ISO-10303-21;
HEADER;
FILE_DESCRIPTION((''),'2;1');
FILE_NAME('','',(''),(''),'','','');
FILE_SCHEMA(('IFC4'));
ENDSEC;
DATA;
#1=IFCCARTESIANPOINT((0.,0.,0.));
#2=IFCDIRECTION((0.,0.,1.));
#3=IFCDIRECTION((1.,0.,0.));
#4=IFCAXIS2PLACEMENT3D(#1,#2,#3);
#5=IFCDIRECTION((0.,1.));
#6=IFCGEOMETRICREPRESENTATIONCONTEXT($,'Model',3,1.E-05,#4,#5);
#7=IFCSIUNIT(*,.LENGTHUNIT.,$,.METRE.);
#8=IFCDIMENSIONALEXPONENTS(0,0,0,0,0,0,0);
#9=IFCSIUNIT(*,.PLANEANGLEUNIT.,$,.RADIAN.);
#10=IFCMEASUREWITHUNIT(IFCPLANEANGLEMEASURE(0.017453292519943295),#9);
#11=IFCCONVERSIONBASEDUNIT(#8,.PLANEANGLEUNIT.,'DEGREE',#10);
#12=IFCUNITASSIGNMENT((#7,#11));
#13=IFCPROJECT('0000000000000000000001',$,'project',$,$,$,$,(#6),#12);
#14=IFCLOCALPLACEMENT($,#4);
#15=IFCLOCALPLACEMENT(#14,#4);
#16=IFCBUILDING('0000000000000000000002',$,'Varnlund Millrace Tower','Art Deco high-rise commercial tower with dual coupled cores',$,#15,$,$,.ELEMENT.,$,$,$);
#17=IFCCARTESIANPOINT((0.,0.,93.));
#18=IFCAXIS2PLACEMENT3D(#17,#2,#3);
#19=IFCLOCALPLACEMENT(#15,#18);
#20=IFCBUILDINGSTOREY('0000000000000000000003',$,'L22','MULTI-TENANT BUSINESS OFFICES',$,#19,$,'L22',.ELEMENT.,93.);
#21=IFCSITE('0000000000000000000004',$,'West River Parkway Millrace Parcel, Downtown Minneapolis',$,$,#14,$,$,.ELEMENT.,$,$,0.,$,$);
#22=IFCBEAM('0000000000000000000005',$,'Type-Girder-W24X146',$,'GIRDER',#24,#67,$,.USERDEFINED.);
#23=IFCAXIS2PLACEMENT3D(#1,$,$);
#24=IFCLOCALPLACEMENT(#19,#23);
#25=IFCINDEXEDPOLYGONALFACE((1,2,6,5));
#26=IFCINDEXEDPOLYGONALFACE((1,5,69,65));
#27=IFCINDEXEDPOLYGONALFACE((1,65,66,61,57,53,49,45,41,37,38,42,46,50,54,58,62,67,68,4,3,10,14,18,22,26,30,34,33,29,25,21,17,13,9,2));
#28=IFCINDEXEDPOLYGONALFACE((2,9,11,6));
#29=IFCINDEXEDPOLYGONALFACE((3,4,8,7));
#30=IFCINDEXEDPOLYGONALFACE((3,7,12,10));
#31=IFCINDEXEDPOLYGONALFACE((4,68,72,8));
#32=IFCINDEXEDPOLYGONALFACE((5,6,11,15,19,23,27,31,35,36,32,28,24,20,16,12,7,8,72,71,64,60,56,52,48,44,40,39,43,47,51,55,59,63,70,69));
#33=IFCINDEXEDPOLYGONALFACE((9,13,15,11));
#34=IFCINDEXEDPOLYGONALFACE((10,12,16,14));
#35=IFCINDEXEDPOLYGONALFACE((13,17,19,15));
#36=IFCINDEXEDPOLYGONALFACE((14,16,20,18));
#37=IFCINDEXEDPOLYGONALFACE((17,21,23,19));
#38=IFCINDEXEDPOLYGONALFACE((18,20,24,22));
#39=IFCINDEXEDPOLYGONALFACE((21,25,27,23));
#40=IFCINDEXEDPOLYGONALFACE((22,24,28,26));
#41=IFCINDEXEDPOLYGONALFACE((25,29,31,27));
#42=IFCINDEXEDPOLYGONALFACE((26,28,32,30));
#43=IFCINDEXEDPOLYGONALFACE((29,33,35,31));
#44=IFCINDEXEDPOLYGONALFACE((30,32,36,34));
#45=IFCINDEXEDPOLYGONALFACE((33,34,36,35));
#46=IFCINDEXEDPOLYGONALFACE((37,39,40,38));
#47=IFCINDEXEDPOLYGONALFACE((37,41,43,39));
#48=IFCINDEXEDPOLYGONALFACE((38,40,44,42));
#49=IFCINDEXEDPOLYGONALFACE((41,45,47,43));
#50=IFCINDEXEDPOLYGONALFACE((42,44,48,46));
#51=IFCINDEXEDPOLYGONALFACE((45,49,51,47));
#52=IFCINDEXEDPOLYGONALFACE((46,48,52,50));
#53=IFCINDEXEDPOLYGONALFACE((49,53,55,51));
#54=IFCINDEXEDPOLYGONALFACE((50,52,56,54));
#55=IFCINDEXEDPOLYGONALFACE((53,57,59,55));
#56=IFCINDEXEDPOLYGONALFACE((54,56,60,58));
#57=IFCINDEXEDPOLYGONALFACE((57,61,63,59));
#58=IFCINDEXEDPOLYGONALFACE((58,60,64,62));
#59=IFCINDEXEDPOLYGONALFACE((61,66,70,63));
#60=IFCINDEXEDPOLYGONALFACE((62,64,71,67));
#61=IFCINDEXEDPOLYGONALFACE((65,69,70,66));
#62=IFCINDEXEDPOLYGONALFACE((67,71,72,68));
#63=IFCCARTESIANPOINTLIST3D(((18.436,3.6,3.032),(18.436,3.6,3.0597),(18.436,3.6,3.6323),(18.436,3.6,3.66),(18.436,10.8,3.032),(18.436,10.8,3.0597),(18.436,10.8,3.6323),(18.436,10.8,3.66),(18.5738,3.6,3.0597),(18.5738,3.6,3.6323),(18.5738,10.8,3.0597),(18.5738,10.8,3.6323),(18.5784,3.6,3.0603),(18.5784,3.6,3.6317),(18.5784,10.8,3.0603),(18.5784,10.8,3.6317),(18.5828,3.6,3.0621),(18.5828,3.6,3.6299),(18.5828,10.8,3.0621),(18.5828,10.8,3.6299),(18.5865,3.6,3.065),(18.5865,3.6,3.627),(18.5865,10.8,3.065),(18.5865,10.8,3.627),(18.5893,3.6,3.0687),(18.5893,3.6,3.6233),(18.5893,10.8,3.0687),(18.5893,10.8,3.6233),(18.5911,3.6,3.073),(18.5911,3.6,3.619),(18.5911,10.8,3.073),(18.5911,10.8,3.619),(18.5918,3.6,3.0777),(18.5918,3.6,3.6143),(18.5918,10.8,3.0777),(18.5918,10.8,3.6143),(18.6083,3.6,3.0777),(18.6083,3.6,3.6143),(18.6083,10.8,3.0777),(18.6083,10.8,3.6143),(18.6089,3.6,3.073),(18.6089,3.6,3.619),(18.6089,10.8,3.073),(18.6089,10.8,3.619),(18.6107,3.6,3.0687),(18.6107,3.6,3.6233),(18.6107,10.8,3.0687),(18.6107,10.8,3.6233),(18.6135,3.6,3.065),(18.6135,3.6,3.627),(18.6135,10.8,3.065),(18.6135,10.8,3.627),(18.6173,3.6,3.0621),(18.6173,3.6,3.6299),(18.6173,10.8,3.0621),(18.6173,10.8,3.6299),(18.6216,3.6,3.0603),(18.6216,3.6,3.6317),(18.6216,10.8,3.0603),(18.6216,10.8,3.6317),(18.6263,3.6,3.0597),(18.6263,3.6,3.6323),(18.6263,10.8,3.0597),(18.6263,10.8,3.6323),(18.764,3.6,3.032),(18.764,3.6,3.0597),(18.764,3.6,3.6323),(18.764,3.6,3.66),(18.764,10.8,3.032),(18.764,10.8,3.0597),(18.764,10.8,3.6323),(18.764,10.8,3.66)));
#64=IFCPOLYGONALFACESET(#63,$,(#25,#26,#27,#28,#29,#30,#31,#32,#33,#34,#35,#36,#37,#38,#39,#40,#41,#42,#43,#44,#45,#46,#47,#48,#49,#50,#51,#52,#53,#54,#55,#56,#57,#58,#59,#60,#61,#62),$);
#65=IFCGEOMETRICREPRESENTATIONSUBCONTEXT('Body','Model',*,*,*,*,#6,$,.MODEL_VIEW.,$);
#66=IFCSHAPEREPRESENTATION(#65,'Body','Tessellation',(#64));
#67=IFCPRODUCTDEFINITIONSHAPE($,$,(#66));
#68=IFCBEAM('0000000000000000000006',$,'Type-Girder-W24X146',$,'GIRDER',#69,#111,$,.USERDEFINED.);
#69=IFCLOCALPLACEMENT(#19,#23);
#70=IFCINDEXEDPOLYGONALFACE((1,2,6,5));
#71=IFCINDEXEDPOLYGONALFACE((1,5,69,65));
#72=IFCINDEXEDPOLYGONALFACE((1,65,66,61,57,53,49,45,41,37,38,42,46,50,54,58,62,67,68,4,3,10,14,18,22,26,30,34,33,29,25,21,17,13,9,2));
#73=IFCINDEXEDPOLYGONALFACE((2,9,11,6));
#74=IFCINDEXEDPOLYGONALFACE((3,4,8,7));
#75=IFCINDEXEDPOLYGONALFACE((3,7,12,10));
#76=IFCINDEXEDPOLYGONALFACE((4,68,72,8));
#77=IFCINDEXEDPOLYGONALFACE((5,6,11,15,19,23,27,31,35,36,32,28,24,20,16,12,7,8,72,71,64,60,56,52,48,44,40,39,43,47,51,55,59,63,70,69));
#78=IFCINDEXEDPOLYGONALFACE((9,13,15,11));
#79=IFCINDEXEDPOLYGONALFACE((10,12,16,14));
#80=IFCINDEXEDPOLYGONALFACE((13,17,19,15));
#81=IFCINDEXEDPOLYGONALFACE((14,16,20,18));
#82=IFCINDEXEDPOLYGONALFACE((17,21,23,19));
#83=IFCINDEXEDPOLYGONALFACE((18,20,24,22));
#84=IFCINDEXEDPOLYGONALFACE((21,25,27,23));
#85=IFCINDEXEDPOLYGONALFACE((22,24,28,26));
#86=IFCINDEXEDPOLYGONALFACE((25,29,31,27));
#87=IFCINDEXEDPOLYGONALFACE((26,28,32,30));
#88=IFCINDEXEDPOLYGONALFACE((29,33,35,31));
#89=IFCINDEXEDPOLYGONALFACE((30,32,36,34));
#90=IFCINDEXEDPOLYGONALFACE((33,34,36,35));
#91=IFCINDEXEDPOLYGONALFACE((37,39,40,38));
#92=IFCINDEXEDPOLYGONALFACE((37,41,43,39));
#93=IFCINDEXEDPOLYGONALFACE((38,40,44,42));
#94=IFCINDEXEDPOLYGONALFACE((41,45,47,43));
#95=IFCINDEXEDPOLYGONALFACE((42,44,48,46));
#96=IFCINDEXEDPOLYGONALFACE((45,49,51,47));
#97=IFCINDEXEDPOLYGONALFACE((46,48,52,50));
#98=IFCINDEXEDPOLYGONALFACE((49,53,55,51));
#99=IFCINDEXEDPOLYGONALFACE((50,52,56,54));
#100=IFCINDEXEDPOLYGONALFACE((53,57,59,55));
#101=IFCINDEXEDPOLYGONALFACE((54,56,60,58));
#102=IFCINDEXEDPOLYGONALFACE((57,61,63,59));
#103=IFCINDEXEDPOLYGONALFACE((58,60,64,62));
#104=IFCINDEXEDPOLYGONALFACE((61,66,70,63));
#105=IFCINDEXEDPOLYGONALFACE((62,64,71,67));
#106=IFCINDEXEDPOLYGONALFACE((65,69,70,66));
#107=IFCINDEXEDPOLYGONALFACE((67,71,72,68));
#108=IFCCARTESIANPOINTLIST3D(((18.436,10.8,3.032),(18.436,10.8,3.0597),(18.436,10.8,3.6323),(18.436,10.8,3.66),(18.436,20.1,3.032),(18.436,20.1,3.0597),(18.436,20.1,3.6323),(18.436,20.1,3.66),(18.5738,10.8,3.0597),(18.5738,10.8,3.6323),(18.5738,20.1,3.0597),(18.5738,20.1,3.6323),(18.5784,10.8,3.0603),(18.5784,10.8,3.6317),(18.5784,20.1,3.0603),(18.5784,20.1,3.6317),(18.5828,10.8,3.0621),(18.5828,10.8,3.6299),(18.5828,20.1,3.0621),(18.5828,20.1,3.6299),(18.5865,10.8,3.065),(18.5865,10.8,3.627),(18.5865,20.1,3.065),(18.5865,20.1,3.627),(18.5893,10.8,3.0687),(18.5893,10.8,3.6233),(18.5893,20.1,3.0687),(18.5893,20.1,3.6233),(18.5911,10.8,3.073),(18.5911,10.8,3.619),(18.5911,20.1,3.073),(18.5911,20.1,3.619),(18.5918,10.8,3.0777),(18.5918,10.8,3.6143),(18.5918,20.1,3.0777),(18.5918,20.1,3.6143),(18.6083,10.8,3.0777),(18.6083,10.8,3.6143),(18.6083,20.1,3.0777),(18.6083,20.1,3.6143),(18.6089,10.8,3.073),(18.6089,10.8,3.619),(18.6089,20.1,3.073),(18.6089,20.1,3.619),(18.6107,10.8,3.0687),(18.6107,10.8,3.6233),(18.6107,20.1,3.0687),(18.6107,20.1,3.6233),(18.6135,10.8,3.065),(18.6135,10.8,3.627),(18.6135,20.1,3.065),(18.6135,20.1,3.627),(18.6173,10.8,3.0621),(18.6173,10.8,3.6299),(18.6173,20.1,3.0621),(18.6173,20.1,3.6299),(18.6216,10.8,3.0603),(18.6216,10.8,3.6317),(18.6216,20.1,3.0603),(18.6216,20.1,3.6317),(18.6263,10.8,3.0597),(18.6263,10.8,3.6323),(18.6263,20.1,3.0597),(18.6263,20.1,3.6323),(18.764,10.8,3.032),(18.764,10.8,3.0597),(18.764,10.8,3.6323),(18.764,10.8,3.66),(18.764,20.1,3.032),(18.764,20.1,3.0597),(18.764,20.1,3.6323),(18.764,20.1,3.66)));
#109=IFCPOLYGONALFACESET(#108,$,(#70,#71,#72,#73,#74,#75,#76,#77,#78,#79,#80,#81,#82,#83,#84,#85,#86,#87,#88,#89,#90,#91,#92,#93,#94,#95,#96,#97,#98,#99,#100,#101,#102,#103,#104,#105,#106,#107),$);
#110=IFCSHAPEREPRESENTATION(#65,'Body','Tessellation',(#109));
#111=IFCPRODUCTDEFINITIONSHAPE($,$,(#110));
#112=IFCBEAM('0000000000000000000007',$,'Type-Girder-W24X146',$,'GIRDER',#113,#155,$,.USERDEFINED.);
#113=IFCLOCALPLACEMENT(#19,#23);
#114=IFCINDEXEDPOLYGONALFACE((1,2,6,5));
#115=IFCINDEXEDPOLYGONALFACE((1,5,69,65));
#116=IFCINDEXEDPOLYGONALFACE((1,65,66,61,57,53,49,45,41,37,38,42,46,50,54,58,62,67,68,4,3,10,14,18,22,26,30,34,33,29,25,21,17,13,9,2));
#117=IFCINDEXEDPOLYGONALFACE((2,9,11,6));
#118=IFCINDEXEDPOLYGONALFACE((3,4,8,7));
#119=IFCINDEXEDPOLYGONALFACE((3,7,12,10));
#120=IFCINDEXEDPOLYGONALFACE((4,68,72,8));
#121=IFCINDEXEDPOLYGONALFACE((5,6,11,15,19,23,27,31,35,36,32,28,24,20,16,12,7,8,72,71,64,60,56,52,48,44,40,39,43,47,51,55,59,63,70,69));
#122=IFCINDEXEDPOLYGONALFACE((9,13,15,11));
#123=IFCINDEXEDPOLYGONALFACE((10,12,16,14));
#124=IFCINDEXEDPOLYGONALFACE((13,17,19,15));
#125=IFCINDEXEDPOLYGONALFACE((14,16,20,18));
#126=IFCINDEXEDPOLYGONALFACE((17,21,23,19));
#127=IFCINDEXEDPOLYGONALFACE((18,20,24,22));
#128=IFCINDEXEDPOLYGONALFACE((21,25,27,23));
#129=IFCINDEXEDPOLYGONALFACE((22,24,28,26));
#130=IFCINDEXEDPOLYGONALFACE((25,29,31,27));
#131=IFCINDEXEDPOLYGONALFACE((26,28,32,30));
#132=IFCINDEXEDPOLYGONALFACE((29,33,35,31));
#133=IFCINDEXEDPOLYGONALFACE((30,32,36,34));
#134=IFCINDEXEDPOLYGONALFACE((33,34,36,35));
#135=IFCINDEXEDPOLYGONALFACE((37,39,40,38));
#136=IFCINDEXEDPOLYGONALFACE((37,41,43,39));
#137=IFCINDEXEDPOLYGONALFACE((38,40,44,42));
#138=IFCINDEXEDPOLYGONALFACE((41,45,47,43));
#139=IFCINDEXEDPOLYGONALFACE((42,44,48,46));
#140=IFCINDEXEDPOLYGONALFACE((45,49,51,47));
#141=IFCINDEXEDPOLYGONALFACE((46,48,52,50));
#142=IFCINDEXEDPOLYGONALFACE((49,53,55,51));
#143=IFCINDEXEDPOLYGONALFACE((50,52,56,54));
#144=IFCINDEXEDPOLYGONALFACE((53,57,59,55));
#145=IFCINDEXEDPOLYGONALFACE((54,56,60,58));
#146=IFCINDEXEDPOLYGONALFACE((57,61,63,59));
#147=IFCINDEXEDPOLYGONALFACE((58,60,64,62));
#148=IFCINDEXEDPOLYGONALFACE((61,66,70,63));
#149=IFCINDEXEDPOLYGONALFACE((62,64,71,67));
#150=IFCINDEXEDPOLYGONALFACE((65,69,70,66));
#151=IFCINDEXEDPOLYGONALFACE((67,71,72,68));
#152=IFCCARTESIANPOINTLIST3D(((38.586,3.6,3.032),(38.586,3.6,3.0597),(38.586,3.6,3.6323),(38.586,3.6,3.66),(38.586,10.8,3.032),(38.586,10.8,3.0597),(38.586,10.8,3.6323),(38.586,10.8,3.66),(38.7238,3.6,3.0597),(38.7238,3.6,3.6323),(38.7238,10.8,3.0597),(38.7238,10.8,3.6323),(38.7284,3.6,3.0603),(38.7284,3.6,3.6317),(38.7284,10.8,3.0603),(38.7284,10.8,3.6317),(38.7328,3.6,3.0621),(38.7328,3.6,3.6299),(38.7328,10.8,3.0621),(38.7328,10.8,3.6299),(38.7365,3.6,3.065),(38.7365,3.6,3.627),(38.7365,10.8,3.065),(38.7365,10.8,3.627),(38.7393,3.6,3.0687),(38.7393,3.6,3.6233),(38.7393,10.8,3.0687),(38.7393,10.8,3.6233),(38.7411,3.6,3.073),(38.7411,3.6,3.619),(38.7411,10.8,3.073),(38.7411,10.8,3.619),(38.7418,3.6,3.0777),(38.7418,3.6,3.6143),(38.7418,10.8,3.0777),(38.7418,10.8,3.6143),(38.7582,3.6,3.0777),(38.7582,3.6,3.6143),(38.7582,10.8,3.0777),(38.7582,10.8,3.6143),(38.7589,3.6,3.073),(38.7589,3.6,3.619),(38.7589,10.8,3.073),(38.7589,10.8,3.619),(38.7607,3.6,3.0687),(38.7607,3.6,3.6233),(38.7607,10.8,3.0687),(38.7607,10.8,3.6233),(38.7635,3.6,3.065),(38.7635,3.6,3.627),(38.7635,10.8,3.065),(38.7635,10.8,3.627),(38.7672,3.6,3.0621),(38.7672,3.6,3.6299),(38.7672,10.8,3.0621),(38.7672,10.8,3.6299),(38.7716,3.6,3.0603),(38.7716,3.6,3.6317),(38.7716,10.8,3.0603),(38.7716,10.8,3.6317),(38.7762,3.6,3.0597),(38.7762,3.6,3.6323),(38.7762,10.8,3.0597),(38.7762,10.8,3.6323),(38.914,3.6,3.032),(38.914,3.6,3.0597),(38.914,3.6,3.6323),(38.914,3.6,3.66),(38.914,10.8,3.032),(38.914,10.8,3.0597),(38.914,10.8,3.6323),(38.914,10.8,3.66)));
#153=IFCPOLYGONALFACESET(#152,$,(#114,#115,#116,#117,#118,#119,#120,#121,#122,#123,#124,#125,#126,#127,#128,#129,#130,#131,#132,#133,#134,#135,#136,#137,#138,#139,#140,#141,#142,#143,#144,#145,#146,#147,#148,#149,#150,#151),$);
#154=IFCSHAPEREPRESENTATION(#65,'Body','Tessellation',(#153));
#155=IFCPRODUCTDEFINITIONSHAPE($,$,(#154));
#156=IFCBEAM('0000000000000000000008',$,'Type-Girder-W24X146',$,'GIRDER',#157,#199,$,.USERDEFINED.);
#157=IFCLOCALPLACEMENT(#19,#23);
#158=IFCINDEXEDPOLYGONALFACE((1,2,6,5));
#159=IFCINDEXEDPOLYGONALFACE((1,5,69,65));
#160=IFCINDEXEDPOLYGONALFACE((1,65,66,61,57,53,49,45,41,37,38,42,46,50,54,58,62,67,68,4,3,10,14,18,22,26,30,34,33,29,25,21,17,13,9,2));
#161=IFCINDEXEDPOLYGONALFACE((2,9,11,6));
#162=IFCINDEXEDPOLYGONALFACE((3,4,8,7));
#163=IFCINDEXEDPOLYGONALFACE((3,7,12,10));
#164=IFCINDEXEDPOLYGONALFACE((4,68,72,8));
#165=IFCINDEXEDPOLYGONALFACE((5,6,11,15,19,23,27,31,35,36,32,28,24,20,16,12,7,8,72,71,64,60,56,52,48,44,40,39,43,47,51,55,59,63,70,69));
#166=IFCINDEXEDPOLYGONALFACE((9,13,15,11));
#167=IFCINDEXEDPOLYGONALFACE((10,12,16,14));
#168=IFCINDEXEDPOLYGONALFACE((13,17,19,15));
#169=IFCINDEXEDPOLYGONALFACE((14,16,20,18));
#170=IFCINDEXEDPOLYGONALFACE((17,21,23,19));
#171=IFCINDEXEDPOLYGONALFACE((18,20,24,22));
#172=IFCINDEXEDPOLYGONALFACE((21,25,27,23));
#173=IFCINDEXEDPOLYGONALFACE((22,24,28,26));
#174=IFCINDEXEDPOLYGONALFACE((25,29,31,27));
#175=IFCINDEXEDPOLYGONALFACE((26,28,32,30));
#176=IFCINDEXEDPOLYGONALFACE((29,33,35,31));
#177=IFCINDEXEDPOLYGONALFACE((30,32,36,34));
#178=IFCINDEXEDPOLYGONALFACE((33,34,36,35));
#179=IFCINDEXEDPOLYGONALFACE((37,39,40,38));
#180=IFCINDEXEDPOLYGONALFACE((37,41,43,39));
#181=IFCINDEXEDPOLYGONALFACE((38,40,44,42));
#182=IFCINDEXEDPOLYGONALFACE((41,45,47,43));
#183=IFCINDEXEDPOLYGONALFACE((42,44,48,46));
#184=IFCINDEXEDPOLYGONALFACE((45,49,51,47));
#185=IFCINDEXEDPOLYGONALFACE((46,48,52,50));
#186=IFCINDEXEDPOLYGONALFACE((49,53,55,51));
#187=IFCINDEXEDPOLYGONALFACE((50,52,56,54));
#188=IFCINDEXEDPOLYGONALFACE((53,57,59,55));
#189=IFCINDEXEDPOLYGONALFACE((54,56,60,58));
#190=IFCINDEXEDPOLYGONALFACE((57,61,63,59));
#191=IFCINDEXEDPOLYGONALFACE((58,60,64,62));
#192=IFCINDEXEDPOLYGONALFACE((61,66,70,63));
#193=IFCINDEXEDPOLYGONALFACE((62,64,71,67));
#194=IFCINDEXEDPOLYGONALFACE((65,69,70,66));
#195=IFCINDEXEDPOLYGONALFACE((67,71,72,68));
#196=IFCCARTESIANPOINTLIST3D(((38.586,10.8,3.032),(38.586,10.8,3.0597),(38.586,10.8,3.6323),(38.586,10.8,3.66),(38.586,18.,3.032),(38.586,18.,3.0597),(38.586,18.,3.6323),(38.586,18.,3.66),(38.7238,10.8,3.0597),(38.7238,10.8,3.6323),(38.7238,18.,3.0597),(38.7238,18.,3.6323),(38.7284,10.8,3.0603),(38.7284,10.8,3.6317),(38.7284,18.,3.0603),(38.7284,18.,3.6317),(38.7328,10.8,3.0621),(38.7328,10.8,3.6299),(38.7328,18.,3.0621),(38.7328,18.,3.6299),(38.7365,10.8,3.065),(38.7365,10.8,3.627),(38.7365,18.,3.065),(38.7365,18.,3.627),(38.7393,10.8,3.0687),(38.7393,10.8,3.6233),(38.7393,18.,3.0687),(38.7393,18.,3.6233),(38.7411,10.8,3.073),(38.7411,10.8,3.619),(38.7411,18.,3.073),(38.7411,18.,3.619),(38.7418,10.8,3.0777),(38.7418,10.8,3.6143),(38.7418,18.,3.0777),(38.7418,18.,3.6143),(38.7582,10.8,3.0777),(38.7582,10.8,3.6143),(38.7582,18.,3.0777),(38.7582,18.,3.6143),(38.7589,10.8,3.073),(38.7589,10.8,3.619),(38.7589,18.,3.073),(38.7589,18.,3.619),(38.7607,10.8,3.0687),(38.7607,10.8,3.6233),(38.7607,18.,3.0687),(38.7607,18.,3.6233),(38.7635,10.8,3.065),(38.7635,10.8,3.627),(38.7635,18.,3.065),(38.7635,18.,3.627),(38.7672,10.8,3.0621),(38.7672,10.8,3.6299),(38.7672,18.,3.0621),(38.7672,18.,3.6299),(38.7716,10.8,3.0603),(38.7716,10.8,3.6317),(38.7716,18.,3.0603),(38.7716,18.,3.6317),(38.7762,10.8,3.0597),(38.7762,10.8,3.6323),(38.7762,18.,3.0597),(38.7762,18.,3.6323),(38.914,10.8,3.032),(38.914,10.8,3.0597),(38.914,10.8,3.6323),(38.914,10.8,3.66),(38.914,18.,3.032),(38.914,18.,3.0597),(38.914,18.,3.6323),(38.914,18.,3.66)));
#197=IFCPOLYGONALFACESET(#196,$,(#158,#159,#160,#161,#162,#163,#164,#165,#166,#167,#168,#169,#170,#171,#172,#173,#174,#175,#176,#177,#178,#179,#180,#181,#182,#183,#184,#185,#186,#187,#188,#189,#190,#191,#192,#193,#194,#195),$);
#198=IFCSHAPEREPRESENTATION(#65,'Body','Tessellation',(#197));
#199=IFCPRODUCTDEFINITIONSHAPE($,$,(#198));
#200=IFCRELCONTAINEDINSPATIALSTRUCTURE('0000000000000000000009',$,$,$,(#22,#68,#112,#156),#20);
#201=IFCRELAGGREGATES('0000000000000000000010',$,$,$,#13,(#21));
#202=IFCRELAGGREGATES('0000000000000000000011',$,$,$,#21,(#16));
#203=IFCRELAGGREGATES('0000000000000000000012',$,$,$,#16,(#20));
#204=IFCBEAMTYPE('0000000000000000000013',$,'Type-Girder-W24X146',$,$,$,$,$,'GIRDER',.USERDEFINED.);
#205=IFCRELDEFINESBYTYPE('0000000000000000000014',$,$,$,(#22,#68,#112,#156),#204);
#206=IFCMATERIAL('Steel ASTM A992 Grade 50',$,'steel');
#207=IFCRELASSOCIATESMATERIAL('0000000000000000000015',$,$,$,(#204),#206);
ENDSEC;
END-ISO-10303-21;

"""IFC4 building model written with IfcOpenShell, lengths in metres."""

from ifc_helpers import new_model, entity, si_unit, converted_unit, direction, frame, origin_with_axes, origin_2d_with_axis, place, context, subcontext, project, spatial, i_section, extrude, material, material_profile, profile_set, type_object, element, save


model = new_model("IFC4")

# Units and contexts
model_context = context("Model", 3, precision=1e-05, world=origin_with_axes(), true_north=direction((0.0, 1.0)))
body_context = subcontext(model_context, "Body", "Model", "MODEL_VIEW")
ifc_project = project(units=[si_unit("LENGTHUNIT", "METRE"), converted_unit("PLANEANGLEUNIT", "DEGREE", entity("IfcPlaneAngleMeasure", 0.017453292519943295), si_unit("PLANEANGLEUNIT", "RADIAN"), dimensions=[0, 0, 0, 0, 0, 0, 0])], contexts=[model_context])

# Site, building, storey
site_placement = place(None, origin_with_axes())
site = spatial("IfcSite", under=ifc_project, at=site_placement, Name="West River Parkway Millrace Parcel, Downtown Minneapolis", CompositionType="ELEMENT", RefElevation=0.0)
building_placement = place(site_placement, origin_with_axes())
building = spatial("IfcBuilding", under=site, at=building_placement, Name="Varnlund Millrace Tower", Description="Art Deco high-rise commercial tower with dual coupled cores", CompositionType="ELEMENT")
storey_placement = place(building_placement, frame((0.0, 0.0, 93.0), z_axis=(0.0, 0.0, 1.0), x_axis=(1.0, 0.0, 0.0)))
storey = spatial("IfcBuildingStorey", under=building, at=storey_placement, Name="L22", Description="MULTI-TENANT BUSINESS OFFICES", LongName="L22", CompositionType="ELEMENT", Elevation=93.0)

# Beams
ifc_material_1 = material(Name="Steel ASTM A992 Grade 50", Category="steel")
ifc_material_profile_1 = material_profile(ifc_material_1, i_section(OverallWidth=0.328, OverallDepth=0.628, WebThickness=0.0165, FlangeThickness=0.0277, FilletRadius=0.018, at=origin_2d_with_axis()), Name="Steel ASTM A992 Grade 50")
ifc_profile_set_1 = profile_set([ifc_material_profile_1], Name="Steel ASTM A992 Grade 50")
beam_type_1 = type_object("IfcBeamType", Name="Type-Girder-W24X146", ElementType="GIRDER", PredefinedType="USERDEFINED", material=ifc_profile_set_1)
beam_1_placement = place(storey_placement, frame((18.6, 3.6, 3.346), z_axis=(0.0, 1.0, 0.0), x_axis=(-1.0, 0.0, 0.0)))
element("IfcBeam", 1, at=beam_1_placement, inside=storey, type_object=beam_type_1, Name="Type-Girder-W24X146", ObjectType="GIRDER", PredefinedType="USERDEFINED", context=body_context, shape_type="SweptSolid", body=[
    extrude(i_section(OverallWidth=0.328, OverallDepth=0.628, WebThickness=0.0165, FlangeThickness=0.0277, FilletRadius=0.018, at=origin_2d_with_axis()), origin_with_axes(), (0.0, 0.0, 1.0), 7.2),
])
beam_2_placement = place(storey_placement, frame((18.6, 10.8, 3.346), z_axis=(0.0, 1.0, 0.0), x_axis=(-1.0, 0.0, 0.0)))
element("IfcBeam", 2, at=beam_2_placement, inside=storey, type_object=beam_type_1, Name="Type-Girder-W24X146", ObjectType="GIRDER", PredefinedType="USERDEFINED", context=body_context, shape_type="SweptSolid", body=[
    extrude(i_section(OverallWidth=0.328, OverallDepth=0.628, WebThickness=0.0165, FlangeThickness=0.0277, FilletRadius=0.018, at=origin_2d_with_axis()), origin_with_axes(), (0.0, 0.0, 1.0), 9.3),
])
for number, where, z_axis, x_axis, name in (
    (3, (38.75, 3.6, 3.346), (0.0, 1.0, 0.0), (-1.0, 0.0, 0.0), "Type-Girder-W24X146"),
    (4, (38.75, 10.8, 3.346), (0.0, 1.0, 0.0), (-1.0, 0.0, 0.0), "Type-Girder-W24X146"),
):
    element("IfcBeam", number, at=place(storey_placement, frame(where, z_axis=z_axis, x_axis=x_axis)), inside=storey, type_object=beam_type_1, Name=name, ObjectType="GIRDER", PredefinedType="USERDEFINED", context=body_context, shape_type="SweptSolid", body=[
        extrude(i_section(OverallWidth=0.328, OverallDepth=0.628, WebThickness=0.0165, FlangeThickness=0.0277, FilletRadius=0.018, at=origin_2d_with_axis()), origin_with_axes(), (0.0, 0.0, 1.0), 7.2),
    ])

save(model, "model.ifc")
